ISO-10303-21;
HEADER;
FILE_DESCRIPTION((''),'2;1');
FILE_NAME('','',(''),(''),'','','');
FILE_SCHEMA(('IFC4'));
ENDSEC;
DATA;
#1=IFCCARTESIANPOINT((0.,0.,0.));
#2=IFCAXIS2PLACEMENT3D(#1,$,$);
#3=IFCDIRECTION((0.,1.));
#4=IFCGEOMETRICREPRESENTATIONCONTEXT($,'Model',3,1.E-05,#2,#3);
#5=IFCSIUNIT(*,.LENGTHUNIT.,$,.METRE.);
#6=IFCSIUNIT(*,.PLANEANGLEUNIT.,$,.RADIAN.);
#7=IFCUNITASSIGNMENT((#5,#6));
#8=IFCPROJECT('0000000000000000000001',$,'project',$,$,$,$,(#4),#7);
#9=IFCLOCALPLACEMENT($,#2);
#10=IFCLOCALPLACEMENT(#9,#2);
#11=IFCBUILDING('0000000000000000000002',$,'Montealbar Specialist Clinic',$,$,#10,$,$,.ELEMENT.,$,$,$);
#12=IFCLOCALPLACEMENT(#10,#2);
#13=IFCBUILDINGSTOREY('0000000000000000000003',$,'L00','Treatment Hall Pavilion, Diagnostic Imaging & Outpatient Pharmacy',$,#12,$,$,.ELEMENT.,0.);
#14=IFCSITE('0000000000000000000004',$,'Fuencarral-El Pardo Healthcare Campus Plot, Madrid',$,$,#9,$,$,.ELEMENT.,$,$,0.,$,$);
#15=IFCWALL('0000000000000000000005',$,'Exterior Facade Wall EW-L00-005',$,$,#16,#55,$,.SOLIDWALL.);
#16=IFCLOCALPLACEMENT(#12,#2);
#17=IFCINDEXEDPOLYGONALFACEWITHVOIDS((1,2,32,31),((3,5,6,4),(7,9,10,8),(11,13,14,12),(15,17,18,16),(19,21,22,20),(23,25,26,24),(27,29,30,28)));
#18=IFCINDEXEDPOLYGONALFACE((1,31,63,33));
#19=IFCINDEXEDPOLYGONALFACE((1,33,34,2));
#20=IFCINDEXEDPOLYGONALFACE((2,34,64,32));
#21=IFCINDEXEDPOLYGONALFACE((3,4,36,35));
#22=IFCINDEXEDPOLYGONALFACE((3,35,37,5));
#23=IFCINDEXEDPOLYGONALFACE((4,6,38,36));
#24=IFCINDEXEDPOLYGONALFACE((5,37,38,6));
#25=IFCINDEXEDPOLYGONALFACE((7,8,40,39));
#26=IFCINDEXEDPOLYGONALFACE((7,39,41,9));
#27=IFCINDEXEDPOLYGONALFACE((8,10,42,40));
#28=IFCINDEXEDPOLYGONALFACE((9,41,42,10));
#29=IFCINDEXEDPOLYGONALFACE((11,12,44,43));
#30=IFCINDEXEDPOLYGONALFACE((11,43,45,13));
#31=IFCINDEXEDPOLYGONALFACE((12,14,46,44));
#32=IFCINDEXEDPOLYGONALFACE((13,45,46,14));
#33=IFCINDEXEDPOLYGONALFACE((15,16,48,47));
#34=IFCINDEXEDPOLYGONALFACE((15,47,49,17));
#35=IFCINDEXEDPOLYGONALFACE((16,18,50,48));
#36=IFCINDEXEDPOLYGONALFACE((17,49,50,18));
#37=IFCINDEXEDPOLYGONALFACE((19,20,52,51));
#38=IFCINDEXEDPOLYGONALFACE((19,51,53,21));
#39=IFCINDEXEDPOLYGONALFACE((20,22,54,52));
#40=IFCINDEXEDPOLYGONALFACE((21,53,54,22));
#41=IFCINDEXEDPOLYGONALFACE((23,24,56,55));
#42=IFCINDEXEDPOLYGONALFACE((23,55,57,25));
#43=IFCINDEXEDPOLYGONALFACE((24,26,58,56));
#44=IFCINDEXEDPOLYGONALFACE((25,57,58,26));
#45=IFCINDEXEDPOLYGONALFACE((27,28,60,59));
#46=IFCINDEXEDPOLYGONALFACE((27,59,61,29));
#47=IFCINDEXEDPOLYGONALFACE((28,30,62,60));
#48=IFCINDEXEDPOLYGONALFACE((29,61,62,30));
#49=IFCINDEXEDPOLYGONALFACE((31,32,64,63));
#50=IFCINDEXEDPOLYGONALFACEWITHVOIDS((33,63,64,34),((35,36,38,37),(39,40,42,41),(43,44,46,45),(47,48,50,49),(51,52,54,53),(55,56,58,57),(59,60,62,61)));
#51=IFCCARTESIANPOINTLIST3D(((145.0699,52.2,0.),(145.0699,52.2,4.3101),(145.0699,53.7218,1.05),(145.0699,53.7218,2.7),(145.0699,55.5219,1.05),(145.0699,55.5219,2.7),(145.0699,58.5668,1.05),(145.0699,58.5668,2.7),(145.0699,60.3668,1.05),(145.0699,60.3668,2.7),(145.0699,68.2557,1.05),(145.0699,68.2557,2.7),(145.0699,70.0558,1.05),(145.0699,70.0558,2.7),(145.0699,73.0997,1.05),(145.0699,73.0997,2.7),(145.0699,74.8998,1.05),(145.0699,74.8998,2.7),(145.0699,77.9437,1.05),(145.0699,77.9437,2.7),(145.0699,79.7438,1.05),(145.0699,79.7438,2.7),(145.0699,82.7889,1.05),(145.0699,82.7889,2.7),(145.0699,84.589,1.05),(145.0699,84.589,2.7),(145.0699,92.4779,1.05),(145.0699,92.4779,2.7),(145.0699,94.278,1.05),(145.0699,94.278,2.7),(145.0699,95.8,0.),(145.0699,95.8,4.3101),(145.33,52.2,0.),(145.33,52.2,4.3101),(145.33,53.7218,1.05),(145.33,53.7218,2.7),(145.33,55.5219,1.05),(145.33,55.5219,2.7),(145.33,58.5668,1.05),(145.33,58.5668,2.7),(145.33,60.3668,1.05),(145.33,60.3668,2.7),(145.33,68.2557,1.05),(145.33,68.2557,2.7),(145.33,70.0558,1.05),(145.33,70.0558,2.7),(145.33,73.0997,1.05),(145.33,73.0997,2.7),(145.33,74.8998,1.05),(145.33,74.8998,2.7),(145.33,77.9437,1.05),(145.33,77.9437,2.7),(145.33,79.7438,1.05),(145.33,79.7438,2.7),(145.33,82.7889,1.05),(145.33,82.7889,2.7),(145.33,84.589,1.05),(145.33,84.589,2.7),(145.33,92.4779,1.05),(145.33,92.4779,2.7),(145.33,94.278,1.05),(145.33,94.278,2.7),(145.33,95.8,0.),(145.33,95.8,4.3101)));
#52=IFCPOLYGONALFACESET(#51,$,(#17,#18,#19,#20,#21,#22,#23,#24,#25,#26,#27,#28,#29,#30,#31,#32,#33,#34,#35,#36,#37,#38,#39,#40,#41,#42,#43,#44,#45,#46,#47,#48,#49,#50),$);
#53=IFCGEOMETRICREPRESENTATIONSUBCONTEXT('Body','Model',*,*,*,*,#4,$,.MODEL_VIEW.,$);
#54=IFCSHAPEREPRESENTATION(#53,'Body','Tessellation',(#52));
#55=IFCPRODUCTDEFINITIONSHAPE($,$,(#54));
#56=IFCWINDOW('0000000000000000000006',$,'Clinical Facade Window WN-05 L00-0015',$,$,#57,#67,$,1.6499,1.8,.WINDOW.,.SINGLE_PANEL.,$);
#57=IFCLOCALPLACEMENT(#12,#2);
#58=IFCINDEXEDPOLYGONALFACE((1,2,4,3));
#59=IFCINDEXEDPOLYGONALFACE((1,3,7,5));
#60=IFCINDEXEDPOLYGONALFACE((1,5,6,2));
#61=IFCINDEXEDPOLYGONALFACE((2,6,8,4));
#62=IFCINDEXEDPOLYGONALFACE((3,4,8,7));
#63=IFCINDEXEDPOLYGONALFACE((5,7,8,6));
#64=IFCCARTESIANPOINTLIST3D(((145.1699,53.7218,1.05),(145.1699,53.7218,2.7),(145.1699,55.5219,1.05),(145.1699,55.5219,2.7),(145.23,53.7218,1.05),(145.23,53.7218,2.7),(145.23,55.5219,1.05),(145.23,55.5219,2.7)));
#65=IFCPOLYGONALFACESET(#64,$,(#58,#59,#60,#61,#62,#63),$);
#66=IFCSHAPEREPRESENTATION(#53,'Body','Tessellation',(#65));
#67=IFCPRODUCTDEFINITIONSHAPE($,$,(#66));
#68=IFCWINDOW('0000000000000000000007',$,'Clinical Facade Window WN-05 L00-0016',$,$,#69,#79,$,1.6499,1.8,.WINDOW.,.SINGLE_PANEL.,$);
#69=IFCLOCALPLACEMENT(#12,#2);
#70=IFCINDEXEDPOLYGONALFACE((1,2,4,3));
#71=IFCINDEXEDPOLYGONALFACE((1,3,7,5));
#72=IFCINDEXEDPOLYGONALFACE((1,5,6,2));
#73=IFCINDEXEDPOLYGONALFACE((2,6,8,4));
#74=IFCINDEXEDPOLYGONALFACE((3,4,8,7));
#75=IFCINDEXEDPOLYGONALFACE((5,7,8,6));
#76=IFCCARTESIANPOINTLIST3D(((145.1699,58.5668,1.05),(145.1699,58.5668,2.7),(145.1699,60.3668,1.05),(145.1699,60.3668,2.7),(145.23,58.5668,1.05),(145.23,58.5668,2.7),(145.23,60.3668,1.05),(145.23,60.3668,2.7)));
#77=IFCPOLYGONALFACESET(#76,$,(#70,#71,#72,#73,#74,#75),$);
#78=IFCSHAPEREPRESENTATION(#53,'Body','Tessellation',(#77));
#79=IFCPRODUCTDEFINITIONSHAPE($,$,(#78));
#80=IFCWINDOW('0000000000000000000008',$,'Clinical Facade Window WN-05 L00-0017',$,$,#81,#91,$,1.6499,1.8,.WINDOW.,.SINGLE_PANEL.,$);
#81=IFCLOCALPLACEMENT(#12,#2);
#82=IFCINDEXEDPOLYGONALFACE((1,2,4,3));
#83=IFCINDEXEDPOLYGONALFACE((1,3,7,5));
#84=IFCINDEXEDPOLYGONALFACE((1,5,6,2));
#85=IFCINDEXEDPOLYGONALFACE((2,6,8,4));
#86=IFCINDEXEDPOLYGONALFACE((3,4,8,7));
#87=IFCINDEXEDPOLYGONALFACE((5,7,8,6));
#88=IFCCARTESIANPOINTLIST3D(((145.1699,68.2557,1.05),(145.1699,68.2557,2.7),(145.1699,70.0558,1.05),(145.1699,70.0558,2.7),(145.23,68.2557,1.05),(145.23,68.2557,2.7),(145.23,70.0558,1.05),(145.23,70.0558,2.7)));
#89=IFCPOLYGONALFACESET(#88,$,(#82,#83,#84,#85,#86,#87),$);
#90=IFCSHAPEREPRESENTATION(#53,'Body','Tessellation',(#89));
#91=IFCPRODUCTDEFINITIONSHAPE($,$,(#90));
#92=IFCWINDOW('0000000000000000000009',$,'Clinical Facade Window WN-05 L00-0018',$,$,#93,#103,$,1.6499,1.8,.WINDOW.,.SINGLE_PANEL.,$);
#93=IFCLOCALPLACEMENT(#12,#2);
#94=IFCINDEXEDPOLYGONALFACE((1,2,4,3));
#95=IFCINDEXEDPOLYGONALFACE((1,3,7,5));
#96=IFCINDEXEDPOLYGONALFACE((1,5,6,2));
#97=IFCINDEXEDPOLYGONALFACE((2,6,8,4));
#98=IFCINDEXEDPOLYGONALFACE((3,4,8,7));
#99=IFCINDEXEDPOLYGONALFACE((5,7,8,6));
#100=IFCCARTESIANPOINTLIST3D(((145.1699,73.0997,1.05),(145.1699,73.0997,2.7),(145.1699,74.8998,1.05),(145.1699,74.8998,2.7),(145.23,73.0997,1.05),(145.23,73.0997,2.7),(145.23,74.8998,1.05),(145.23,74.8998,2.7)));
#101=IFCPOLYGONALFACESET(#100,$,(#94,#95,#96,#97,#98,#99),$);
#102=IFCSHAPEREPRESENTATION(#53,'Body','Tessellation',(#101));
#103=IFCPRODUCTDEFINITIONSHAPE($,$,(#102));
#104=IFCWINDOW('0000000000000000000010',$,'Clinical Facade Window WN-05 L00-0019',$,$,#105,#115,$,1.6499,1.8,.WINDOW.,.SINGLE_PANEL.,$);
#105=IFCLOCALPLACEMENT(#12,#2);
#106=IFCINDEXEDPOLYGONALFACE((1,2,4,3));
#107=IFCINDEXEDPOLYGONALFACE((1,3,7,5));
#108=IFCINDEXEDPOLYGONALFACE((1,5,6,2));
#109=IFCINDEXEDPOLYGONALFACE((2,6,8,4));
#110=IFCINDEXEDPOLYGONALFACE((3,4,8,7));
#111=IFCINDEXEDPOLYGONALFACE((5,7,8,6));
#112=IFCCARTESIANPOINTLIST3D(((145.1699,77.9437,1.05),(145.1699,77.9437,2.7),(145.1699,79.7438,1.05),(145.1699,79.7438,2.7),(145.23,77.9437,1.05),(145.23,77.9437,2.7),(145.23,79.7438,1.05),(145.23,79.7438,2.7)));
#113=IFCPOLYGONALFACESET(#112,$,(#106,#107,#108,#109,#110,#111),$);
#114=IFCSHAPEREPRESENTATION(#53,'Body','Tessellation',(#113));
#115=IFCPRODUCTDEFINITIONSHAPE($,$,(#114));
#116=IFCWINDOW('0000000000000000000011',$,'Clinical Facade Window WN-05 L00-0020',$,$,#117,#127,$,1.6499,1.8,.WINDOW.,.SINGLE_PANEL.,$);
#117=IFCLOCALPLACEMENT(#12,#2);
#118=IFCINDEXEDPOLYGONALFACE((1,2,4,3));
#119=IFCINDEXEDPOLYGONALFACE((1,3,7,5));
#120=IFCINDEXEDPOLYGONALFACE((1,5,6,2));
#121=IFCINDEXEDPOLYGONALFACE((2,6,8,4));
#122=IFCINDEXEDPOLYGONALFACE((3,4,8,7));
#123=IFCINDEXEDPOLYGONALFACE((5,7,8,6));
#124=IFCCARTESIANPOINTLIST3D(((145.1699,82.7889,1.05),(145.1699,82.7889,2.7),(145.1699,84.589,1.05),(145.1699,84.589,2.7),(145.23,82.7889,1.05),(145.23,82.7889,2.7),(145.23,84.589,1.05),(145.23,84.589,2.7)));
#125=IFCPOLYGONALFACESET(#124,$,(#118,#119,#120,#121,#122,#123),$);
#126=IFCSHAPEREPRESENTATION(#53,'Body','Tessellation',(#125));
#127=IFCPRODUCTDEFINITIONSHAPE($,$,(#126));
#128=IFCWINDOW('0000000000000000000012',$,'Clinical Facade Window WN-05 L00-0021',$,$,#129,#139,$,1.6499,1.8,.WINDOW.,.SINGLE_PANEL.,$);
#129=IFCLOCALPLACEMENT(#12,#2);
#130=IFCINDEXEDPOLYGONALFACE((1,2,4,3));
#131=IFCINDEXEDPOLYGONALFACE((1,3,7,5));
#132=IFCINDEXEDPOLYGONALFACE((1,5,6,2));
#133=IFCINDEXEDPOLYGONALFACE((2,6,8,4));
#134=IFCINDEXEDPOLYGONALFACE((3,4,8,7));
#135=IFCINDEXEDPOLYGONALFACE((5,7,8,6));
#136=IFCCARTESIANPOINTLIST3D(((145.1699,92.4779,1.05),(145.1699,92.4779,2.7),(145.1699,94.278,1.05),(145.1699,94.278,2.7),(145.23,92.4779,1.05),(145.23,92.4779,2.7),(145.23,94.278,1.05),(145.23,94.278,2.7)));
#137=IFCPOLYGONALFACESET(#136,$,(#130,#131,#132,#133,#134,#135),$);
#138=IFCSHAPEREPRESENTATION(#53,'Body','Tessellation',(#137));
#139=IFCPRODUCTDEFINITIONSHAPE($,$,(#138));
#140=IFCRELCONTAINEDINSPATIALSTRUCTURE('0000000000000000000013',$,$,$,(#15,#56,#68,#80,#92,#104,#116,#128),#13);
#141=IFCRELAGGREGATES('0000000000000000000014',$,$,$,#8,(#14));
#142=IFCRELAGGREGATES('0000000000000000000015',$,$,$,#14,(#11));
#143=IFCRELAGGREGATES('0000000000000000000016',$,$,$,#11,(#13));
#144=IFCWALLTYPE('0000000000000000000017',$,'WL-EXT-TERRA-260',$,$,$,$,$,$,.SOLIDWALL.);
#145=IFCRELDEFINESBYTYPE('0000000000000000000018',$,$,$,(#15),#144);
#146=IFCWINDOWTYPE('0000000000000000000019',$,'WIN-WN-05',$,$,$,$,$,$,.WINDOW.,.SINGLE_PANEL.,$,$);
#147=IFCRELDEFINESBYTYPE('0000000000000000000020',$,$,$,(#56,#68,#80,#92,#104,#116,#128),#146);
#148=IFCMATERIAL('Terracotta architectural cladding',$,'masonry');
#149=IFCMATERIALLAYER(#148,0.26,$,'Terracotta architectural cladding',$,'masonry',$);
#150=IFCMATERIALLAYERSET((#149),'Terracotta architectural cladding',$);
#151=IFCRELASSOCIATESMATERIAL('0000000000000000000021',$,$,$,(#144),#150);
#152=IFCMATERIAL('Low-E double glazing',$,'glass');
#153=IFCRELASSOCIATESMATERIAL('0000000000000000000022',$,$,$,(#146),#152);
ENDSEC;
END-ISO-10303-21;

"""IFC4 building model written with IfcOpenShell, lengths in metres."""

from ifc_helpers import new_model, si_unit, direction, frame, frame_2d, origin, place, context, subcontext, project, spatial, rectangle, extrude, material, layer, layer_set, type_object, element, fill, save


model = new_model("IFC4")

# Units and contexts
model_context = context("Model", 3, precision=1e-05, world=origin(), true_north=direction((0.0, 1.0)))
body_context = subcontext(model_context, "Body", "Model", "MODEL_VIEW")
ifc_project = project(units=[si_unit("LENGTHUNIT", "METRE"), si_unit("PLANEANGLEUNIT", "RADIAN")], contexts=[model_context])

# Site, building, storey
site_placement = place(None, origin())
site = spatial("IfcSite", under=ifc_project, at=site_placement, Name="Fuencarral-El Pardo Healthcare Campus Plot, Madrid", CompositionType="ELEMENT", RefElevation=0.0)
building_placement = place(site_placement, origin())
building = spatial("IfcBuilding", under=site, at=building_placement, Name="Montealbar Specialist Clinic", CompositionType="ELEMENT")
storey_placement = place(building_placement, origin())
storey = spatial("IfcBuildingStorey", under=building, at=storey_placement, Name="L00", Description="Treatment Hall Pavilion, Diagnostic Imaging & Outpatient Pharmacy", CompositionType="ELEMENT", Elevation=0.0)

# Wall, openings, windows
ifc_material_1 = material(Name="Terracotta architectural cladding", Category="masonry")
ifc_layer_1 = layer(ifc_material_1, 0.26, Name="Terracotta architectural cladding", Category="masonry")
ifc_layer_set_1 = layer_set([ifc_layer_1], Name="Terracotta architectural cladding")
wall_type_1 = type_object("IfcWallType", Name="WL-EXT-TERRA-260", PredefinedType="SOLIDWALL", material=ifc_layer_set_1)
wall_1_placement = place(storey_placement, frame((145.2, 52.2, 0.0), z_axis=(0.0, 0.0, 1.0), x_axis=(0.0, 1.0, 0.0)))
wall_1 = element("IfcWall", 1, at=wall_1_placement, inside=storey, type_object=wall_type_1, Name="Exterior Facade Wall EW-L00-005", PredefinedType="SOLIDWALL", context=body_context, shape_type="SweptSolid", body=[
    extrude(rectangle(XDim=43.6001, YDim=0.26, at=frame_2d((21.8, 0.0))), origin(), (0.0, 0.0, 1.0), 4.3101),
])
opening_1_placement = place(wall_1_placement, frame((1.522, 0.0, 1.05)))
opening_1 = element("IfcOpeningElement", 2, at=opening_1_placement, cuts=wall_1, PredefinedType="OPENING", context=body_context, shape_type="SweptSolid", body=[
    extrude(rectangle(XDim=1.8, YDim=1.6499, at=frame_2d((0.8999, 0.825))), frame((0.0, 0.1399, 0.0), z_axis=(0.0, -1.0, 0.0), x_axis=(1.0, 0.0, 0.0)), (0.0, 0.0, 1.0), 0.28),
])
opening_2_placement = place(wall_1_placement, frame((6.3669, 0.0, 1.05)))
opening_2 = element("IfcOpeningElement", 3, at=opening_2_placement, cuts=wall_1, PredefinedType="OPENING", context=body_context, shape_type="SweptSolid", body=[
    extrude(rectangle(XDim=1.8, YDim=1.6499, at=frame_2d((0.8999, 0.825))), frame((0.0, 0.1399, 0.0), z_axis=(0.0, -1.0, 0.0), x_axis=(1.0, 0.0, 0.0)), (0.0, 0.0, 1.0), 0.28),
])
opening_3_placement = place(wall_1_placement, frame((16.0559, 0.0, 1.05)))
opening_3 = element("IfcOpeningElement", 4, at=opening_3_placement, cuts=wall_1, PredefinedType="OPENING", context=body_context, shape_type="SweptSolid", body=[
    extrude(rectangle(XDim=1.8, YDim=1.6499, at=frame_2d((0.8999, 0.825))), frame((0.0, 0.1399, 0.0), z_axis=(0.0, -1.0, 0.0), x_axis=(1.0, 0.0, 0.0)), (0.0, 0.0, 1.0), 0.28),
])
opening_4_placement = place(wall_1_placement, frame((20.8999, 0.0, 1.05)))
opening_4 = element("IfcOpeningElement", 5, at=opening_4_placement, cuts=wall_1, PredefinedType="OPENING", context=body_context, shape_type="SweptSolid", body=[
    extrude(rectangle(XDim=1.8, YDim=1.6499, at=frame_2d((0.8999, 0.825))), frame((0.0, 0.1399, 0.0), z_axis=(0.0, -1.0, 0.0), x_axis=(1.0, 0.0, 0.0)), (0.0, 0.0, 1.0), 0.28),
])
opening_5_placement = place(wall_1_placement, frame((25.7439, 0.0, 1.05)))
opening_5 = element("IfcOpeningElement", 6, at=opening_5_placement, cuts=wall_1, PredefinedType="OPENING", context=body_context, shape_type="SweptSolid", body=[
    extrude(rectangle(XDim=1.8, YDim=1.6499, at=frame_2d((0.8999, 0.825))), frame((0.0, 0.1399, 0.0), z_axis=(0.0, -1.0, 0.0), x_axis=(1.0, 0.0, 0.0)), (0.0, 0.0, 1.0), 0.28),
])
opening_6_placement = place(wall_1_placement, frame((30.5891, 0.0, 1.05)))
opening_6 = element("IfcOpeningElement", 7, at=opening_6_placement, cuts=wall_1, PredefinedType="OPENING", context=body_context, shape_type="SweptSolid", body=[
    extrude(rectangle(XDim=1.8, YDim=1.6499, at=frame_2d((0.8999, 0.825))), frame((0.0, 0.1399, 0.0), z_axis=(0.0, -1.0, 0.0), x_axis=(1.0, 0.0, 0.0)), (0.0, 0.0, 1.0), 0.28),
])
opening_7_placement = place(wall_1_placement, frame((40.2781, 0.0, 1.05)))
opening_7 = element("IfcOpeningElement", 8, at=opening_7_placement, cuts=wall_1, PredefinedType="OPENING", context=body_context, shape_type="SweptSolid", body=[
    extrude(rectangle(XDim=1.8, YDim=1.6499, at=frame_2d((0.8999, 0.825))), frame((0.0, 0.1399, 0.0), z_axis=(0.0, -1.0, 0.0), x_axis=(1.0, 0.0, 0.0)), (0.0, 0.0, 1.0), 0.28),
])
ifc_material_2 = material(Name="Low-E double glazing", Category="glass")
window_type = type_object("IfcWindowType", Name="WIN-WN-05", PartitioningType="SINGLE_PANEL", PredefinedType="WINDOW", material=ifc_material_2)
window_1_placement = place(opening_1_placement, origin())
window_1 = element("IfcWindow", 9, at=window_1_placement, inside=storey, type_object=window_type, Name="Clinical Facade Window WN-05 L00-0015", OverallHeight=1.6499, OverallWidth=1.8, PartitioningType="SINGLE_PANEL", PredefinedType="WINDOW", context=body_context, shape_type="SweptSolid", body=[
    extrude(rectangle(XDim=1.8, YDim=1.6499, at=frame_2d((0.8999, 0.825))), frame((0.0, 0.03, 0.0), z_axis=(0.0, -1.0, 0.0), x_axis=(1.0, 0.0, 0.0)), (0.0, 0.0, 1.0), 0.0601),
])
fill(opening_1, window_1)
window_2_placement = place(opening_2_placement, origin())
window_2 = element("IfcWindow", 10, at=window_2_placement, inside=storey, type_object=window_type, Name="Clinical Facade Window WN-05 L00-0016", OverallHeight=1.6499, OverallWidth=1.8, PartitioningType="SINGLE_PANEL", PredefinedType="WINDOW", context=body_context, shape_type="SweptSolid", body=[
    extrude(rectangle(XDim=1.8, YDim=1.6499, at=frame_2d((0.8999, 0.825))), frame((0.0, 0.03, 0.0), z_axis=(0.0, -1.0, 0.0), x_axis=(1.0, 0.0, 0.0)), (0.0, 0.0, 1.0), 0.0601),
])
fill(opening_2, window_2)
window_3_placement = place(opening_3_placement, origin())
window_3 = element("IfcWindow", 11, at=window_3_placement, inside=storey, type_object=window_type, Name="Clinical Facade Window WN-05 L00-0017", OverallHeight=1.6499, OverallWidth=1.8, PartitioningType="SINGLE_PANEL", PredefinedType="WINDOW", context=body_context, shape_type="SweptSolid", body=[
    extrude(rectangle(XDim=1.8, YDim=1.6499, at=frame_2d((0.8999, 0.825))), frame((0.0, 0.03, 0.0), z_axis=(0.0, -1.0, 0.0), x_axis=(1.0, 0.0, 0.0)), (0.0, 0.0, 1.0), 0.0601),
])
fill(opening_3, window_3)
window_4_placement = place(opening_4_placement, origin())
window_4 = element("IfcWindow", 12, at=window_4_placement, inside=storey, type_object=window_type, Name="Clinical Facade Window WN-05 L00-0018", OverallHeight=1.6499, OverallWidth=1.8, PartitioningType="SINGLE_PANEL", PredefinedType="WINDOW", context=body_context, shape_type="SweptSolid", body=[
    extrude(rectangle(XDim=1.8, YDim=1.6499, at=frame_2d((0.8999, 0.825))), frame((0.0, 0.03, 0.0), z_axis=(0.0, -1.0, 0.0), x_axis=(1.0, 0.0, 0.0)), (0.0, 0.0, 1.0), 0.0601),
])
fill(opening_4, window_4)
window_5_placement = place(opening_5_placement, origin())
window_5 = element("IfcWindow", 13, at=window_5_placement, inside=storey, type_object=window_type, Name="Clinical Facade Window WN-05 L00-0019", OverallHeight=1.6499, OverallWidth=1.8, PartitioningType="SINGLE_PANEL", PredefinedType="WINDOW", context=body_context, shape_type="SweptSolid", body=[
    extrude(rectangle(XDim=1.8, YDim=1.6499, at=frame_2d((0.8999, 0.825))), frame((0.0, 0.03, 0.0), z_axis=(0.0, -1.0, 0.0), x_axis=(1.0, 0.0, 0.0)), (0.0, 0.0, 1.0), 0.0601),
])
fill(opening_5, window_5)
window_6_placement = place(opening_6_placement, origin())
window_6 = element("IfcWindow", 14, at=window_6_placement, inside=storey, type_object=window_type, Name="Clinical Facade Window WN-05 L00-0020", OverallHeight=1.6499, OverallWidth=1.8, PartitioningType="SINGLE_PANEL", PredefinedType="WINDOW", context=body_context, shape_type="SweptSolid", body=[
    extrude(rectangle(XDim=1.8, YDim=1.6499, at=frame_2d((0.8999, 0.825))), frame((0.0, 0.03, 0.0), z_axis=(0.0, -1.0, 0.0), x_axis=(1.0, 0.0, 0.0)), (0.0, 0.0, 1.0), 0.0601),
])
fill(opening_6, window_6)
window_7_placement = place(opening_7_placement, origin())
window_7 = element("IfcWindow", 15, at=window_7_placement, inside=storey, type_object=window_type, Name="Clinical Facade Window WN-05 L00-0021", OverallHeight=1.6499, OverallWidth=1.8, PartitioningType="SINGLE_PANEL", PredefinedType="WINDOW", context=body_context, shape_type="SweptSolid", body=[
    extrude(rectangle(XDim=1.8, YDim=1.6499, at=frame_2d((0.8999, 0.825))), frame((0.0, 0.03, 0.0), z_axis=(0.0, -1.0, 0.0), x_axis=(1.0, 0.0, 0.0)), (0.0, 0.0, 1.0), 0.0601),
])
fill(opening_7, window_7)

save(model, "model.ifc")
